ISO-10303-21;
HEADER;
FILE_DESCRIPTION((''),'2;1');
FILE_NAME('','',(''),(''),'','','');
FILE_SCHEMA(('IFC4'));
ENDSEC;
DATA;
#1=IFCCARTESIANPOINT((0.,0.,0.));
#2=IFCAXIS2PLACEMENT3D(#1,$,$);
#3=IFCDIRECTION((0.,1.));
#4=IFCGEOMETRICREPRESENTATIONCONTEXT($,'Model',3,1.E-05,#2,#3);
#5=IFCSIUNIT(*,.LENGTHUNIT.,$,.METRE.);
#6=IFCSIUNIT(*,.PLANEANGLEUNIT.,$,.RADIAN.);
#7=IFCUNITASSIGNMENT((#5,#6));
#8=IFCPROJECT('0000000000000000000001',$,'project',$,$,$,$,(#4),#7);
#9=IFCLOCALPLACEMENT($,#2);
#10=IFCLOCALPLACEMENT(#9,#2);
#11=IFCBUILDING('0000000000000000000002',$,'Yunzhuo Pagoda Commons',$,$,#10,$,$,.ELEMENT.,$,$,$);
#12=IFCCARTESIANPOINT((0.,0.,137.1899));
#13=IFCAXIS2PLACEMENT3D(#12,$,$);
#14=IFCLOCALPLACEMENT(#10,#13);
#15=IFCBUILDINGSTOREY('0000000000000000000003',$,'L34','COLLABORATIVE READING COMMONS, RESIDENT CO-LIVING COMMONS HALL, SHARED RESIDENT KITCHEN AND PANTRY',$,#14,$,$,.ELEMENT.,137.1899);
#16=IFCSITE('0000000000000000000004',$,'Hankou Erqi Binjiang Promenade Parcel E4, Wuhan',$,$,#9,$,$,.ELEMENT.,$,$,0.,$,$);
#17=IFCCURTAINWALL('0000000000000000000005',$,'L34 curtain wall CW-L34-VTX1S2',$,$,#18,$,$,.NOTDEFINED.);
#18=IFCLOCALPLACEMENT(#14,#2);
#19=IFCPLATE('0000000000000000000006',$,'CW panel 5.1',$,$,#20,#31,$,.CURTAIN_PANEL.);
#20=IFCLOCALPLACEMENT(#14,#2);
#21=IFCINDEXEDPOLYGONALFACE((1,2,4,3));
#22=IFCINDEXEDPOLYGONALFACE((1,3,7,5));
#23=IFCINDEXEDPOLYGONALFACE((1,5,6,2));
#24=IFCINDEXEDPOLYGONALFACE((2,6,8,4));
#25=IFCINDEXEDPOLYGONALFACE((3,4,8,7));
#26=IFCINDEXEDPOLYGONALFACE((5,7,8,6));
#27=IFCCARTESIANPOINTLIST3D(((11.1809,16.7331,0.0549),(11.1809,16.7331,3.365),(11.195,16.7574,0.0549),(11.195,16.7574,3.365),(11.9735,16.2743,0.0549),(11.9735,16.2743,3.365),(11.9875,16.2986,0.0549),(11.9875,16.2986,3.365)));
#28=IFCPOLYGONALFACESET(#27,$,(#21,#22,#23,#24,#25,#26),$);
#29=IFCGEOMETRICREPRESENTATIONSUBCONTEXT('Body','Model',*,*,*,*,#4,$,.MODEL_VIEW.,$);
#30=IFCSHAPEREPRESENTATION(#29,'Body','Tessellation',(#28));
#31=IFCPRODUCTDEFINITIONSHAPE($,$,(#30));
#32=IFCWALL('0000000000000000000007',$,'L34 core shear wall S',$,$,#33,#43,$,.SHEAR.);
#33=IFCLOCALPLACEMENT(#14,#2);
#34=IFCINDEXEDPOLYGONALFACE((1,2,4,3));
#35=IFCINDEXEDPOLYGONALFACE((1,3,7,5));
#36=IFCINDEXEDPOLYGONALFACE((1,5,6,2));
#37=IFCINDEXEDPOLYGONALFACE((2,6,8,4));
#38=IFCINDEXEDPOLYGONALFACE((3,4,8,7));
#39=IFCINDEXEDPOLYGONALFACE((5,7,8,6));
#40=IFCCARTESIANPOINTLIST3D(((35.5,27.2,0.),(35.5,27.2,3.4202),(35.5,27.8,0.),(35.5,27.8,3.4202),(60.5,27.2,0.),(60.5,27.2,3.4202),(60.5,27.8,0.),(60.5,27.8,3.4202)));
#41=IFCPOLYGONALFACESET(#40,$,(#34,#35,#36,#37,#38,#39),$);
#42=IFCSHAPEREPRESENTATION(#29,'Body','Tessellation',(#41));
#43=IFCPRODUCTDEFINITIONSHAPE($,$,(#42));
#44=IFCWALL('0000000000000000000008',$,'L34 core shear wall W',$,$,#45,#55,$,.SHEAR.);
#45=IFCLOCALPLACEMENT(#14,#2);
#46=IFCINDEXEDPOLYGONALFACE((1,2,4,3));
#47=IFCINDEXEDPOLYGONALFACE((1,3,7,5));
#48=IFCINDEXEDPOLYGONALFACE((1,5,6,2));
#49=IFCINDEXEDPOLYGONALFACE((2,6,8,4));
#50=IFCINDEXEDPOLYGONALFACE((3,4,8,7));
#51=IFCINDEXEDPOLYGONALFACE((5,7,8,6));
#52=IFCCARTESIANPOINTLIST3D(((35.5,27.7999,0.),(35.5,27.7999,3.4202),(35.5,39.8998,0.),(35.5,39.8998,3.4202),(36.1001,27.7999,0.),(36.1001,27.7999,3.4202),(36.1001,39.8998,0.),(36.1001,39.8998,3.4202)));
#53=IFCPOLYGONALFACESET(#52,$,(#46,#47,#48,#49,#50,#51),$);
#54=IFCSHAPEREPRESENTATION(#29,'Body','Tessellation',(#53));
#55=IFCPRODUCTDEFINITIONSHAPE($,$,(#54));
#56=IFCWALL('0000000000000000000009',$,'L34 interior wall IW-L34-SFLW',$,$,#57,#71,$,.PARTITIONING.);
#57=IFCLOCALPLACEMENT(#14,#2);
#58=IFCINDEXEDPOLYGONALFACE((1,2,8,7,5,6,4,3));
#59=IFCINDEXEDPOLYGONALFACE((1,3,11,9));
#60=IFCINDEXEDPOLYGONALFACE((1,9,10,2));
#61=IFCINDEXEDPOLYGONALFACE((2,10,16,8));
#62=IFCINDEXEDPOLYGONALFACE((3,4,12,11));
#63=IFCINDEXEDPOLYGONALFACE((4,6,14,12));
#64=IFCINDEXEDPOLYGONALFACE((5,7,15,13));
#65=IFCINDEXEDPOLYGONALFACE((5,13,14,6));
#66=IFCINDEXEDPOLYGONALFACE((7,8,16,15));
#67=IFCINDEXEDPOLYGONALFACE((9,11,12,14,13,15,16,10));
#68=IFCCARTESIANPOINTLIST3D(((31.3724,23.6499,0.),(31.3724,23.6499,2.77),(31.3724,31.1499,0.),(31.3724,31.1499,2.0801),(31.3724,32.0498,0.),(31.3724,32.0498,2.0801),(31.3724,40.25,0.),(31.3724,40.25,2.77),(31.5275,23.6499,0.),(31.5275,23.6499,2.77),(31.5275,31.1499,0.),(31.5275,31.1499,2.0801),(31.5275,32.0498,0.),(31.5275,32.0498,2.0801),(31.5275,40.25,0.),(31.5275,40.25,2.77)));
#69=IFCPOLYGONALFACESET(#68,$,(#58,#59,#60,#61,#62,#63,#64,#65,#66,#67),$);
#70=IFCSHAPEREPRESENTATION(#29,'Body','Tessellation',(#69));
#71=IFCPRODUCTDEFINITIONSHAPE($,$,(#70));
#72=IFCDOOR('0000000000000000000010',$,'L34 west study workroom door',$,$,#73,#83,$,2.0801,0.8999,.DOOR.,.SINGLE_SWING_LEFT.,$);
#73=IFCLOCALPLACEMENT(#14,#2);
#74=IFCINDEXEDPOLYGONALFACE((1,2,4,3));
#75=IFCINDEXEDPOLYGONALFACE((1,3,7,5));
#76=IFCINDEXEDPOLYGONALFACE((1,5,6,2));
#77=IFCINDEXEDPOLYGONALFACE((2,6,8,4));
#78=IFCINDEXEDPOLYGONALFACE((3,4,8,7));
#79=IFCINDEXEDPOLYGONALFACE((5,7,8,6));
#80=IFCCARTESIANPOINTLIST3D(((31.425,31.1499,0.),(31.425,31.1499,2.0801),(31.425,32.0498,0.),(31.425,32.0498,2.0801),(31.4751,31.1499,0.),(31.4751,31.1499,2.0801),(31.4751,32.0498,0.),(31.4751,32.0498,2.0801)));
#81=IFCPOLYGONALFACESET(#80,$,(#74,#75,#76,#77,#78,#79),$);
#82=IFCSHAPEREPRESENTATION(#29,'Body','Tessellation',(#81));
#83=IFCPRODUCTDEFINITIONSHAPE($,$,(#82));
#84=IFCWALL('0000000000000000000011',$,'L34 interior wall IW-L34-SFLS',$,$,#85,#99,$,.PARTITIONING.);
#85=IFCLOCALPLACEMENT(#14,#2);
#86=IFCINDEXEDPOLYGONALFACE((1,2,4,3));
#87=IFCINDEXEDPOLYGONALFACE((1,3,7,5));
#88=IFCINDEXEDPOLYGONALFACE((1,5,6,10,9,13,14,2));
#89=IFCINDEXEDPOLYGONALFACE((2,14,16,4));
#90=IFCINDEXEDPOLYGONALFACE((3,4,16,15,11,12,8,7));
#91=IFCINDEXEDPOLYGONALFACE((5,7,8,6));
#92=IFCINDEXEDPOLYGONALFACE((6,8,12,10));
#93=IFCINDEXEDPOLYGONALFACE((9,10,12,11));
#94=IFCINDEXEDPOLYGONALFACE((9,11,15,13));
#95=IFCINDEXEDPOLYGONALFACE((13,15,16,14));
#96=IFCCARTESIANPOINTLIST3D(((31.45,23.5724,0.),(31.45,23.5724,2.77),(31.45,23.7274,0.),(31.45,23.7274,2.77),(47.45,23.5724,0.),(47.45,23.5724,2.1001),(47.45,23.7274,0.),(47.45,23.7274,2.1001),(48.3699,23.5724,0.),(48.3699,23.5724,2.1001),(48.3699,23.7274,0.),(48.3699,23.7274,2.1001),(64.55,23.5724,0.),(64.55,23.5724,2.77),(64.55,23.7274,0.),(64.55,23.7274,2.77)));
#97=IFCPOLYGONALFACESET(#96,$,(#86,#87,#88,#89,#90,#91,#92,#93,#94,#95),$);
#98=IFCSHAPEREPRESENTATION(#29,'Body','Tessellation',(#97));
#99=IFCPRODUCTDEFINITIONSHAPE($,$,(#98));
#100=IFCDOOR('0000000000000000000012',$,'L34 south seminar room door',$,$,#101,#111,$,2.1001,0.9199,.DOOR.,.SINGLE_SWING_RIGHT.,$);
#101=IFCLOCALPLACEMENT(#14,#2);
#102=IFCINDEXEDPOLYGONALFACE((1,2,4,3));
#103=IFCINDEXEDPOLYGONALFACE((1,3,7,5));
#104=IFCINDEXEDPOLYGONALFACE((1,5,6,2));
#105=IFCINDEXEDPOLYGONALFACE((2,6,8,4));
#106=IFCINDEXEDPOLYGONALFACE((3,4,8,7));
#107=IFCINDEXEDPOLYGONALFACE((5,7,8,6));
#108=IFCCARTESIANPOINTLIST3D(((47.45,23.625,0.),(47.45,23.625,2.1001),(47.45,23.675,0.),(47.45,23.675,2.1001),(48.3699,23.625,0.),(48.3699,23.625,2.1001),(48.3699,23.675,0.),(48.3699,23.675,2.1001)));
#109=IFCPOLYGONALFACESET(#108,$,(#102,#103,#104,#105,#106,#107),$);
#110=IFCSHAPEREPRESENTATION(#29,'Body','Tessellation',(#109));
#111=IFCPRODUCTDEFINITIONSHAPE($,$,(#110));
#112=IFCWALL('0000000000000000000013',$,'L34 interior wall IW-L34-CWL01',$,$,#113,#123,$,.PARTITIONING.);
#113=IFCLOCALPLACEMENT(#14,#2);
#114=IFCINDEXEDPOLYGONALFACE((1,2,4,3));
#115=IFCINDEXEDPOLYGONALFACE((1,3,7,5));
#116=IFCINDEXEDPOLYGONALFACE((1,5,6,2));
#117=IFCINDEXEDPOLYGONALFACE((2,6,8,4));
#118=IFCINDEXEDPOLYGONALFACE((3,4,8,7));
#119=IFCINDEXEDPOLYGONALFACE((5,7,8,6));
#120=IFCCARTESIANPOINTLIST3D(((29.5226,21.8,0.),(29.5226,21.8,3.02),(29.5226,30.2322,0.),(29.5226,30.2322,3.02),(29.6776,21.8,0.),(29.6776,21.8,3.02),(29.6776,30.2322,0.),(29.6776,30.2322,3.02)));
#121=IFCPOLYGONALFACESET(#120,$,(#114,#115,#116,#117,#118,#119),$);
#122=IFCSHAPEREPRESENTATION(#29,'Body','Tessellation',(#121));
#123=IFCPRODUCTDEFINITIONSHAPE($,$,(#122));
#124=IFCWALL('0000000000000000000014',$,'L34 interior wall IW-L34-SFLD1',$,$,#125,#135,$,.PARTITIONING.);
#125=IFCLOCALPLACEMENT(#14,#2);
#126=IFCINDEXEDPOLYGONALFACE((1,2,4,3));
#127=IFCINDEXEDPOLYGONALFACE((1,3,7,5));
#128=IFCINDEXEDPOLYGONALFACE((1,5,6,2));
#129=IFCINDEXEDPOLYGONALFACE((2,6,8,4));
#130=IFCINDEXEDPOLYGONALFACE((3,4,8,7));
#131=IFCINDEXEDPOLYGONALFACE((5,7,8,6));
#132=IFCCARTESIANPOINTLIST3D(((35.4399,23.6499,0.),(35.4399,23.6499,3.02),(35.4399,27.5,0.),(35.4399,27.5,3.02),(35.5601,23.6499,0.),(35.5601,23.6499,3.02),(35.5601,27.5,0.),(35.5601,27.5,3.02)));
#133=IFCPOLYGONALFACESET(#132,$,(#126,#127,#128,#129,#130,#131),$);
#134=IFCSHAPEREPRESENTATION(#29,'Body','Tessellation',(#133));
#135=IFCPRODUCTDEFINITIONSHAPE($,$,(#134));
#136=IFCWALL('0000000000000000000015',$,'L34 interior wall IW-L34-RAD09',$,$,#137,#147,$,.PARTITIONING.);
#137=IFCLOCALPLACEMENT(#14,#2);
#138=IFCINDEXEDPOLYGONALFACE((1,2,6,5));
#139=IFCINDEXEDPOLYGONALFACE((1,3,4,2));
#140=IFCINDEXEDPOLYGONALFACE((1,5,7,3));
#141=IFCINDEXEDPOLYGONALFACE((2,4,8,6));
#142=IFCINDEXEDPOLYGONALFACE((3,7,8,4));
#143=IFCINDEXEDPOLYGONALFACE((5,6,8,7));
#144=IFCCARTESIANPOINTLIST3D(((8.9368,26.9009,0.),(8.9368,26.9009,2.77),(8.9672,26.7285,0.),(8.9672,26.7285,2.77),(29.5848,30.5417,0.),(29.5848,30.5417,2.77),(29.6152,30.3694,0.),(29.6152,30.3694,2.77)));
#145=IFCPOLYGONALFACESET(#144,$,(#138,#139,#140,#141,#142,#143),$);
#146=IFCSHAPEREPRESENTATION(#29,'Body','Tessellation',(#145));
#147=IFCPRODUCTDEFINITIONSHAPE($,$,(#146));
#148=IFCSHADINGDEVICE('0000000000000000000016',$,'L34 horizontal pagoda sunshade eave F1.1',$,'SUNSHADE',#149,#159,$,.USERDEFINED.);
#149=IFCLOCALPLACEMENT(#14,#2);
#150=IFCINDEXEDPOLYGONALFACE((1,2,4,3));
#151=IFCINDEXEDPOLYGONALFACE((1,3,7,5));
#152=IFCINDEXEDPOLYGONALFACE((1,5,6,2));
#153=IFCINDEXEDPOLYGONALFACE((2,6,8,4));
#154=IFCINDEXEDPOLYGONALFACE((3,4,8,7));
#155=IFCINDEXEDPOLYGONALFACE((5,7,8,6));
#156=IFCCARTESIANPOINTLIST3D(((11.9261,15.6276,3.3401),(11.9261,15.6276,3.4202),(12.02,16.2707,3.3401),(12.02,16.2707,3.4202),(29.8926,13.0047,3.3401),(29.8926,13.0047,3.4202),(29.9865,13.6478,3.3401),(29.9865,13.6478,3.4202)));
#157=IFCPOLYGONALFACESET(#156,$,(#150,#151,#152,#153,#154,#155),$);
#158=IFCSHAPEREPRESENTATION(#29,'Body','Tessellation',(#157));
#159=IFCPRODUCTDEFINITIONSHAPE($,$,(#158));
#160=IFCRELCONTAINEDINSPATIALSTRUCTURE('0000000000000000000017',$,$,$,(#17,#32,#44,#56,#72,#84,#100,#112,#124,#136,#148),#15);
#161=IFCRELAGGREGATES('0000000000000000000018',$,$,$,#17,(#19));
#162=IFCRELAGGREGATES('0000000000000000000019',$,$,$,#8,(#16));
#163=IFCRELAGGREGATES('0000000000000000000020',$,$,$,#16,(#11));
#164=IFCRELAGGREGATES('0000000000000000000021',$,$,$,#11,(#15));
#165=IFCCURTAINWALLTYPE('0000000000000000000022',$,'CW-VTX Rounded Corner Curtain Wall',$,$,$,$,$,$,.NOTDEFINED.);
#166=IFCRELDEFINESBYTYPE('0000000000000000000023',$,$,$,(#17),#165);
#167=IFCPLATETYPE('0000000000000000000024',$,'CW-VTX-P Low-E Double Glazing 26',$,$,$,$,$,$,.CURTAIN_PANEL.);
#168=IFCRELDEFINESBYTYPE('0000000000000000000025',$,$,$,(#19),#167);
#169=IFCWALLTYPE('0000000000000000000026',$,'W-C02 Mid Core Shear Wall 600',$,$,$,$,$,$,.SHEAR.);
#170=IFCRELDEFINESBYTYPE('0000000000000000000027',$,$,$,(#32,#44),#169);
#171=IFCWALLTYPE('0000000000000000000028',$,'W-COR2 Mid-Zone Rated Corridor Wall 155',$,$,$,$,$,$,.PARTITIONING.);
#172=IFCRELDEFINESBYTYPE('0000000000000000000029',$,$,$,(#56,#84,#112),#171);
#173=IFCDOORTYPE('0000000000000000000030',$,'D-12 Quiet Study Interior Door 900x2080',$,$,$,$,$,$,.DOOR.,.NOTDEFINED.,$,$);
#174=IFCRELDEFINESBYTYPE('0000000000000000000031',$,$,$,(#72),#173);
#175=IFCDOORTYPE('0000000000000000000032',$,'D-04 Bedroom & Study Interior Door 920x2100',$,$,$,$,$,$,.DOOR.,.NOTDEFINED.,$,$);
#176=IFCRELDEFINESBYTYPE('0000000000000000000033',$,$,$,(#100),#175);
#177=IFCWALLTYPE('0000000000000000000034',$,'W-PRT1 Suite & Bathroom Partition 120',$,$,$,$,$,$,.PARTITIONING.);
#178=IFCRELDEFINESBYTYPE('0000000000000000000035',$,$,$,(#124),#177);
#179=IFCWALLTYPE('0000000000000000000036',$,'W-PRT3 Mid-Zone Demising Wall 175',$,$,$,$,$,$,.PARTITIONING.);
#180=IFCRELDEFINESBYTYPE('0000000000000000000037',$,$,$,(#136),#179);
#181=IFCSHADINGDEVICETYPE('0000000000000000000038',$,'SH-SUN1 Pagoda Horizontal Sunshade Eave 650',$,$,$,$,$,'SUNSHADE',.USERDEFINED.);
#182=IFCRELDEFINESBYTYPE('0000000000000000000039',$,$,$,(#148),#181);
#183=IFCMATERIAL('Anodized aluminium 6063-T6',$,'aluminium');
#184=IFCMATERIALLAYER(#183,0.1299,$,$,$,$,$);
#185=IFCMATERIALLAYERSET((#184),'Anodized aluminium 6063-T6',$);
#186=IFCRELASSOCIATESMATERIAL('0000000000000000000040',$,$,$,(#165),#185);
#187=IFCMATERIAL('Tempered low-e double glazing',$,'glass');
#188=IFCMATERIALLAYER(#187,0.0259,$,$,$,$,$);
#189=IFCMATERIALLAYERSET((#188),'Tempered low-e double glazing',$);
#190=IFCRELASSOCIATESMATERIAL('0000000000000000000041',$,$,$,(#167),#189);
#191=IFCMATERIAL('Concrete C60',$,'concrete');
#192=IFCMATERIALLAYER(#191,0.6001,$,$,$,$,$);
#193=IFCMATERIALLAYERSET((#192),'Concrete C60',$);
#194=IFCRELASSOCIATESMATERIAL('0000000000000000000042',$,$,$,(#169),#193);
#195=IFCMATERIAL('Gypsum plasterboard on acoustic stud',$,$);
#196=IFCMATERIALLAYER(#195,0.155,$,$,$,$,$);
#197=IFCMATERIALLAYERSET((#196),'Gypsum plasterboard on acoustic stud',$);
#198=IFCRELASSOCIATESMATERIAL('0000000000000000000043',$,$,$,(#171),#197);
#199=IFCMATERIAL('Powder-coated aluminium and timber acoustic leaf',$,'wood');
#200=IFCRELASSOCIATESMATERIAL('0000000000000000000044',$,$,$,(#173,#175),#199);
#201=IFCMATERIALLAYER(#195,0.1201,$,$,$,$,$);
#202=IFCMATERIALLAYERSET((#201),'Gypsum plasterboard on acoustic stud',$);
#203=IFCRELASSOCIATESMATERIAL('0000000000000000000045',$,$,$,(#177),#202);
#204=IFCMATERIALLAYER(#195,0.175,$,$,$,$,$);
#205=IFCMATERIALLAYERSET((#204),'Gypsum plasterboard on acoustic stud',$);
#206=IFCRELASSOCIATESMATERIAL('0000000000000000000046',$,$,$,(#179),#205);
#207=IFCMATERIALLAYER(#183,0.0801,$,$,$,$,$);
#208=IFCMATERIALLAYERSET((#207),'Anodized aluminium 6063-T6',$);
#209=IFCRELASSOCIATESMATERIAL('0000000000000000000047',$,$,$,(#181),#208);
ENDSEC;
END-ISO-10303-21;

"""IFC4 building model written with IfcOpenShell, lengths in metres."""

from ifc_helpers import new_model, si_unit, direction, frame, frame_2d, origin, origin_with_axes, origin_2d, place, context, subcontext, project, spatial, rectangle, extrude, source, transform, mapped, material, layer, layer_set, type_object, element, fill, aggregate, save


model = new_model("IFC4")

# Units and contexts
model_context = context("Model", 3, precision=1e-05, world=origin(), true_north=direction((0.0, 1.0)))
body_context = subcontext(model_context, "Body", "Model", "MODEL_VIEW")
ifc_project = project(units=[si_unit("LENGTHUNIT", "METRE"), si_unit("PLANEANGLEUNIT", "RADIAN")], contexts=[model_context])

# Site, building, storey
site_placement = place(None, origin())
site = spatial("IfcSite", under=ifc_project, at=site_placement, Name="Hankou Erqi Binjiang Promenade Parcel E4, Wuhan", CompositionType="ELEMENT", RefElevation=0.0)
building_placement = place(site_placement, origin())
building = spatial("IfcBuilding", under=site, at=building_placement, Name="Yunzhuo Pagoda Commons", CompositionType="ELEMENT")
storey_placement = place(building_placement, frame((0.0, 0.0, 137.1899)))
storey = spatial("IfcBuildingStorey", under=building, at=storey_placement, Name="L34", Description="COLLABORATIVE READING COMMONS, RESIDENT CO-LIVING COMMONS HALL, SHARED RESIDENT KITCHEN AND PANTRY", CompositionType="ELEMENT", Elevation=137.1899)

# Shared definitions
ifc_material_1 = material(Name="Anodized aluminium 6063-T6", Category="aluminium")

# Curtain wall
ifc_layer_1 = layer(ifc_material_1, 0.1299)
ifc_layer_set_1 = layer_set([ifc_layer_1], Name="Anodized aluminium 6063-T6")
curtain_wall_type_1 = type_object("IfcCurtainWallType", Name="CW-VTX Rounded Corner Curtain Wall", PredefinedType="NOTDEFINED", material=ifc_layer_set_1)
curtain_wall_1_placement = place(storey_placement, origin())
curtain_wall_1 = element("IfcCurtainWall", 1, at=curtain_wall_1_placement, inside=storey, type_object=curtain_wall_type_1, Name="L34 curtain wall CW-L34-VTX1S2", PredefinedType="NOTDEFINED")

# Plate
ifc_material_2 = material(Name="Tempered low-e double glazing", Category="glass")
ifc_layer_2 = layer(ifc_material_2, 0.0259)
ifc_layer_set_2 = layer_set([ifc_layer_2], Name="Tempered low-e double glazing")
plate_type_1 = type_object("IfcPlateType", Name="CW-VTX-P Low-E Double Glazing 26", PredefinedType="CURTAIN_PANEL", material=ifc_layer_set_2)
shared_shape_1 = source(origin(), body_context, "Body", "SweptSolid", [
    extrude(rectangle(XDim=0.9158, YDim=0.0281, at=origin_2d()), origin(), (0.0, 0.0, 1.0), 3.3101),
])
plate_1_placement = place(storey_placement, frame((11.5842, 16.5159, 0.0549), z_axis=(0.0, 0.0, 1.0), x_axis=(0.865425, -0.501038, 0.0)))
plate_1 = element("IfcPlate", 2, at=plate_1_placement, type_object=plate_type_1, Name="CW panel 5.1", PredefinedType="CURTAIN_PANEL", context=body_context, shape_type="MappedRepresentation", body=[
    mapped(shared_shape_1, transform((0.0, 0.0, 0.0), scale=1.0)),
])
aggregate(curtain_wall_1, [plate_1])

# Walls
ifc_material_3 = material(Name="Concrete C60", Category="concrete")
ifc_layer_3 = layer(ifc_material_3, 0.6001)
ifc_layer_set_3 = layer_set([ifc_layer_3], Name="Concrete C60")
wall_type_1 = type_object("IfcWallType", Name="W-C02 Mid Core Shear Wall 600", PredefinedType="SHEAR", material=ifc_layer_set_3)
wall_1_placement = place(storey_placement, frame((35.5, 27.5, 0.0), z_axis=(0.0, 0.0, 1.0), x_axis=(1.0, 0.0, 0.0)))
element("IfcWall", 3, at=wall_1_placement, inside=storey, type_object=wall_type_1, Name="L34 core shear wall S", PredefinedType="SHEAR", context=body_context, shape_type="SweptSolid", body=[
    extrude(rectangle(XDim=25.0, YDim=0.6001, at=frame_2d((12.5, 0.0))), origin(), (0.0, 0.0, 1.0), 3.4202),
])
wall_2_placement = place(storey_placement, frame((35.8, 27.8, 0.0), z_axis=(0.0, 0.0, 1.0), x_axis=(0.0, 1.0, 0.0)))
element("IfcWall", 4, at=wall_2_placement, inside=storey, type_object=wall_type_1, Name="L34 core shear wall W", PredefinedType="SHEAR", context=body_context, shape_type="SweptSolid", body=[
    extrude(rectangle(XDim=12.0999, YDim=0.6001, at=frame_2d((6.0498, 0.0))), origin(), (0.0, 0.0, 1.0), 3.4202),
])

# Walls, openings, doors
ifc_material_4 = material(Name="Gypsum plasterboard on acoustic stud")
ifc_layer_4 = layer(ifc_material_4, 0.155)
ifc_layer_set_4 = layer_set([ifc_layer_4], Name="Gypsum plasterboard on acoustic stud")
wall_type_2 = type_object("IfcWallType", Name="W-COR2 Mid-Zone Rated Corridor Wall 155", PredefinedType="PARTITIONING", material=ifc_layer_set_4)
wall_3_placement = place(storey_placement, frame((31.45, 23.6499, 0.0), z_axis=(0.0, 0.0, 1.0), x_axis=(0.0, 1.0, 0.0)))
wall_3 = element("IfcWall", 5, at=wall_3_placement, inside=storey, type_object=wall_type_2, Name="L34 interior wall IW-L34-SFLW", PredefinedType="PARTITIONING", context=body_context, shape_type="SweptSolid", body=[
    extrude(rectangle(XDim=16.6001, YDim=0.155, at=frame_2d((8.3, 0.0))), origin(), (0.0, 0.0, 1.0), 2.77),
])
opening_1_placement = place(wall_3_placement, frame((7.5, 0.0, 0.0)))
opening_1 = element("IfcOpeningElement", 6, at=opening_1_placement, cuts=wall_3, PredefinedType="OPENING", context=body_context, shape_type="SweptSolid", body=[
    extrude(rectangle(XDim=0.8999, YDim=2.0801, at=frame_2d((0.45, 1.04))), frame((0.0, 0.0874, 0.0), z_axis=(0.0, -1.0, 0.0), x_axis=(1.0, 0.0, 0.0)), (0.0, 0.0, 1.0), 0.175),
])
ifc_material_5 = material(Name="Powder-coated aluminium and timber acoustic leaf", Category="wood")
door_type_1 = type_object("IfcDoorType", Name="D-12 Quiet Study Interior Door 900x2080", OperationType="NOTDEFINED", PredefinedType="DOOR", material=ifc_material_5)
shared_shape_2 = source(origin(), body_context, "Body", "SweptSolid", [
    extrude(rectangle(XDim=0.8999, YDim=2.0801, at=frame_2d((0.45, 1.04))), frame((0.0, 0.0249, 0.0), z_axis=(0.0, -1.0, 0.0), x_axis=(1.0, 0.0, 0.0)), (0.0, 0.0, 1.0), 0.05),
])
door_1_placement = place(opening_1_placement, origin_with_axes())
door_1 = element("IfcDoor", 7, at=door_1_placement, inside=storey, type_object=door_type_1, Name="L34 west study workroom door", OperationType="SINGLE_SWING_LEFT", OverallHeight=2.0801, OverallWidth=0.8999, PredefinedType="DOOR", context=body_context, shape_type="MappedRepresentation", body=[
    mapped(shared_shape_2, transform((0.0, 0.0, 0.0), scale=1.0)),
])
fill(opening_1, door_1)
wall_4_placement = place(storey_placement, frame((31.45, 23.6499, 0.0), z_axis=(0.0, 0.0, 1.0), x_axis=(1.0, 0.0, 0.0)))
wall_4 = element("IfcWall", 8, at=wall_4_placement, inside=storey, type_object=wall_type_2, Name="L34 interior wall IW-L34-SFLS", PredefinedType="PARTITIONING", context=body_context, shape_type="SweptSolid", body=[
    extrude(rectangle(XDim=33.1001, YDim=0.155, at=frame_2d((16.55, 0.0))), origin(), (0.0, 0.0, 1.0), 2.77),
])
opening_2_placement = place(wall_4_placement, frame((16.0, 0.0, 0.0)))
opening_2 = element("IfcOpeningElement", 9, at=opening_2_placement, cuts=wall_4, PredefinedType="OPENING", context=body_context, shape_type="SweptSolid", body=[
    extrude(rectangle(XDim=0.9199, YDim=2.1001, at=frame_2d((0.46, 1.05))), frame((0.0, 0.0874, 0.0), z_axis=(0.0, -1.0, 0.0), x_axis=(1.0, 0.0, 0.0)), (0.0, 0.0, 1.0), 0.175),
])
door_type_2 = type_object("IfcDoorType", Name="D-04 Bedroom & Study Interior Door 920x2100", OperationType="NOTDEFINED", PredefinedType="DOOR", material=ifc_material_5)
shared_shape_3 = source(origin(), body_context, "Body", "SweptSolid", [
    extrude(rectangle(XDim=0.9199, YDim=2.1001, at=frame_2d((0.46, 1.05))), frame((0.0, 0.0249, 0.0), z_axis=(0.0, -1.0, 0.0), x_axis=(1.0, 0.0, 0.0)), (0.0, 0.0, 1.0), 0.05),
])
door_2_placement = place(opening_2_placement, frame((0.9199, 0.0, 0.0), z_axis=(0.0, 0.0, 1.0), x_axis=(-1.0, 0.0, 0.0)))
door_2 = element("IfcDoor", 10, at=door_2_placement, inside=storey, type_object=door_type_2, Name="L34 south seminar room door", OperationType="SINGLE_SWING_RIGHT", OverallHeight=2.1001, OverallWidth=0.9199, PredefinedType="DOOR", context=body_context, shape_type="MappedRepresentation", body=[
    mapped(shared_shape_3, transform((0.0, 0.0, 0.0), scale=1.0)),
])
fill(opening_2, door_2)

# Walls
wall_5_placement = place(storey_placement, frame((29.6001, 21.8, 0.0), z_axis=(0.0, 0.0, 1.0), x_axis=(0.0, 1.0, 0.0)))
element("IfcWall", 11, at=wall_5_placement, inside=storey, type_object=wall_type_2, Name="L34 interior wall IW-L34-CWL01", PredefinedType="PARTITIONING", context=body_context, shape_type="SweptSolid", body=[
    extrude(rectangle(XDim=8.4321, YDim=0.155, at=frame_2d((4.2161, 0.0))), origin(), (0.0, 0.0, 1.0), 3.02),
])
ifc_layer_5 = layer(ifc_material_4, 0.1201)
ifc_layer_set_5 = layer_set([ifc_layer_5], Name="Gypsum plasterboard on acoustic stud")
wall_type_3 = type_object("IfcWallType", Name="W-PRT1 Suite & Bathroom Partition 120", PredefinedType="PARTITIONING", material=ifc_layer_set_5)
wall_6_placement = place(storey_placement, frame((35.5, 23.6499, 0.0), z_axis=(0.0, 0.0, 1.0), x_axis=(0.0, 1.0, 0.0)))
element("IfcWall", 12, at=wall_6_placement, inside=storey, type_object=wall_type_3, Name="L34 interior wall IW-L34-SFLD1", PredefinedType="PARTITIONING", context=body_context, shape_type="SweptSolid", body=[
    extrude(rectangle(XDim=3.8501, YDim=0.1201, at=frame_2d((1.925, 0.0))), origin(), (0.0, 0.0, 1.0), 3.02),
])
ifc_layer_6 = layer(ifc_material_4, 0.175)
ifc_layer_set_6 = layer_set([ifc_layer_6], Name="Gypsum plasterboard on acoustic stud")
wall_type_4 = type_object("IfcWallType", Name="W-PRT3 Mid-Zone Demising Wall 175", PredefinedType="PARTITIONING", material=ifc_layer_set_6)
wall_7_placement = place(storey_placement, frame((29.6001, 30.4556, 0.0), z_axis=(0.0, 0.0, 1.0), x_axis=(-0.984807, -0.173652, 0.0)))
element("IfcWall", 13, at=wall_7_placement, inside=storey, type_object=wall_type_4, Name="L34 interior wall IW-L34-RAD09", PredefinedType="PARTITIONING", context=body_context, shape_type="SweptSolid", body=[
    extrude(rectangle(XDim=20.9666, YDim=0.175, at=frame_2d((10.4834, 0.0))), origin(), (0.0, 0.0, 1.0), 2.77),
])

# Shading device
ifc_layer_7 = layer(ifc_material_1, 0.0801)
ifc_layer_set_7 = layer_set([ifc_layer_7], Name="Anodized aluminium 6063-T6")
shading_device_type = type_object("IfcShadingDeviceType", Name="SH-SUN1 Pagoda Horizontal Sunshade Eave 650", ElementType="SUNSHADE", PredefinedType="USERDEFINED", material=ifc_layer_set_7)
shared_shape_4 = source(origin(), body_context, "Body", "SweptSolid", [
    extrude(rectangle(XDim=18.157, YDim=0.6499, at=origin_2d()), origin(), (0.0, 0.0, 1.0), 0.0801),
])
shading_device_placement = place(storey_placement, frame((20.9563, 14.6377, 3.3401), z_axis=(0.0, 0.0, 1.0), x_axis=(0.989511, -0.14446, 0.0)))
element("IfcShadingDevice", 14, at=shading_device_placement, inside=storey, type_object=shading_device_type, Name="L34 horizontal pagoda sunshade eave F1.1", ObjectType="SUNSHADE", PredefinedType="USERDEFINED", context=body_context, shape_type="MappedRepresentation", body=[
    mapped(shared_shape_4, transform((0.0, 0.0, 0.0), scale=1.0)),
])

save(model, "model.ifc")
